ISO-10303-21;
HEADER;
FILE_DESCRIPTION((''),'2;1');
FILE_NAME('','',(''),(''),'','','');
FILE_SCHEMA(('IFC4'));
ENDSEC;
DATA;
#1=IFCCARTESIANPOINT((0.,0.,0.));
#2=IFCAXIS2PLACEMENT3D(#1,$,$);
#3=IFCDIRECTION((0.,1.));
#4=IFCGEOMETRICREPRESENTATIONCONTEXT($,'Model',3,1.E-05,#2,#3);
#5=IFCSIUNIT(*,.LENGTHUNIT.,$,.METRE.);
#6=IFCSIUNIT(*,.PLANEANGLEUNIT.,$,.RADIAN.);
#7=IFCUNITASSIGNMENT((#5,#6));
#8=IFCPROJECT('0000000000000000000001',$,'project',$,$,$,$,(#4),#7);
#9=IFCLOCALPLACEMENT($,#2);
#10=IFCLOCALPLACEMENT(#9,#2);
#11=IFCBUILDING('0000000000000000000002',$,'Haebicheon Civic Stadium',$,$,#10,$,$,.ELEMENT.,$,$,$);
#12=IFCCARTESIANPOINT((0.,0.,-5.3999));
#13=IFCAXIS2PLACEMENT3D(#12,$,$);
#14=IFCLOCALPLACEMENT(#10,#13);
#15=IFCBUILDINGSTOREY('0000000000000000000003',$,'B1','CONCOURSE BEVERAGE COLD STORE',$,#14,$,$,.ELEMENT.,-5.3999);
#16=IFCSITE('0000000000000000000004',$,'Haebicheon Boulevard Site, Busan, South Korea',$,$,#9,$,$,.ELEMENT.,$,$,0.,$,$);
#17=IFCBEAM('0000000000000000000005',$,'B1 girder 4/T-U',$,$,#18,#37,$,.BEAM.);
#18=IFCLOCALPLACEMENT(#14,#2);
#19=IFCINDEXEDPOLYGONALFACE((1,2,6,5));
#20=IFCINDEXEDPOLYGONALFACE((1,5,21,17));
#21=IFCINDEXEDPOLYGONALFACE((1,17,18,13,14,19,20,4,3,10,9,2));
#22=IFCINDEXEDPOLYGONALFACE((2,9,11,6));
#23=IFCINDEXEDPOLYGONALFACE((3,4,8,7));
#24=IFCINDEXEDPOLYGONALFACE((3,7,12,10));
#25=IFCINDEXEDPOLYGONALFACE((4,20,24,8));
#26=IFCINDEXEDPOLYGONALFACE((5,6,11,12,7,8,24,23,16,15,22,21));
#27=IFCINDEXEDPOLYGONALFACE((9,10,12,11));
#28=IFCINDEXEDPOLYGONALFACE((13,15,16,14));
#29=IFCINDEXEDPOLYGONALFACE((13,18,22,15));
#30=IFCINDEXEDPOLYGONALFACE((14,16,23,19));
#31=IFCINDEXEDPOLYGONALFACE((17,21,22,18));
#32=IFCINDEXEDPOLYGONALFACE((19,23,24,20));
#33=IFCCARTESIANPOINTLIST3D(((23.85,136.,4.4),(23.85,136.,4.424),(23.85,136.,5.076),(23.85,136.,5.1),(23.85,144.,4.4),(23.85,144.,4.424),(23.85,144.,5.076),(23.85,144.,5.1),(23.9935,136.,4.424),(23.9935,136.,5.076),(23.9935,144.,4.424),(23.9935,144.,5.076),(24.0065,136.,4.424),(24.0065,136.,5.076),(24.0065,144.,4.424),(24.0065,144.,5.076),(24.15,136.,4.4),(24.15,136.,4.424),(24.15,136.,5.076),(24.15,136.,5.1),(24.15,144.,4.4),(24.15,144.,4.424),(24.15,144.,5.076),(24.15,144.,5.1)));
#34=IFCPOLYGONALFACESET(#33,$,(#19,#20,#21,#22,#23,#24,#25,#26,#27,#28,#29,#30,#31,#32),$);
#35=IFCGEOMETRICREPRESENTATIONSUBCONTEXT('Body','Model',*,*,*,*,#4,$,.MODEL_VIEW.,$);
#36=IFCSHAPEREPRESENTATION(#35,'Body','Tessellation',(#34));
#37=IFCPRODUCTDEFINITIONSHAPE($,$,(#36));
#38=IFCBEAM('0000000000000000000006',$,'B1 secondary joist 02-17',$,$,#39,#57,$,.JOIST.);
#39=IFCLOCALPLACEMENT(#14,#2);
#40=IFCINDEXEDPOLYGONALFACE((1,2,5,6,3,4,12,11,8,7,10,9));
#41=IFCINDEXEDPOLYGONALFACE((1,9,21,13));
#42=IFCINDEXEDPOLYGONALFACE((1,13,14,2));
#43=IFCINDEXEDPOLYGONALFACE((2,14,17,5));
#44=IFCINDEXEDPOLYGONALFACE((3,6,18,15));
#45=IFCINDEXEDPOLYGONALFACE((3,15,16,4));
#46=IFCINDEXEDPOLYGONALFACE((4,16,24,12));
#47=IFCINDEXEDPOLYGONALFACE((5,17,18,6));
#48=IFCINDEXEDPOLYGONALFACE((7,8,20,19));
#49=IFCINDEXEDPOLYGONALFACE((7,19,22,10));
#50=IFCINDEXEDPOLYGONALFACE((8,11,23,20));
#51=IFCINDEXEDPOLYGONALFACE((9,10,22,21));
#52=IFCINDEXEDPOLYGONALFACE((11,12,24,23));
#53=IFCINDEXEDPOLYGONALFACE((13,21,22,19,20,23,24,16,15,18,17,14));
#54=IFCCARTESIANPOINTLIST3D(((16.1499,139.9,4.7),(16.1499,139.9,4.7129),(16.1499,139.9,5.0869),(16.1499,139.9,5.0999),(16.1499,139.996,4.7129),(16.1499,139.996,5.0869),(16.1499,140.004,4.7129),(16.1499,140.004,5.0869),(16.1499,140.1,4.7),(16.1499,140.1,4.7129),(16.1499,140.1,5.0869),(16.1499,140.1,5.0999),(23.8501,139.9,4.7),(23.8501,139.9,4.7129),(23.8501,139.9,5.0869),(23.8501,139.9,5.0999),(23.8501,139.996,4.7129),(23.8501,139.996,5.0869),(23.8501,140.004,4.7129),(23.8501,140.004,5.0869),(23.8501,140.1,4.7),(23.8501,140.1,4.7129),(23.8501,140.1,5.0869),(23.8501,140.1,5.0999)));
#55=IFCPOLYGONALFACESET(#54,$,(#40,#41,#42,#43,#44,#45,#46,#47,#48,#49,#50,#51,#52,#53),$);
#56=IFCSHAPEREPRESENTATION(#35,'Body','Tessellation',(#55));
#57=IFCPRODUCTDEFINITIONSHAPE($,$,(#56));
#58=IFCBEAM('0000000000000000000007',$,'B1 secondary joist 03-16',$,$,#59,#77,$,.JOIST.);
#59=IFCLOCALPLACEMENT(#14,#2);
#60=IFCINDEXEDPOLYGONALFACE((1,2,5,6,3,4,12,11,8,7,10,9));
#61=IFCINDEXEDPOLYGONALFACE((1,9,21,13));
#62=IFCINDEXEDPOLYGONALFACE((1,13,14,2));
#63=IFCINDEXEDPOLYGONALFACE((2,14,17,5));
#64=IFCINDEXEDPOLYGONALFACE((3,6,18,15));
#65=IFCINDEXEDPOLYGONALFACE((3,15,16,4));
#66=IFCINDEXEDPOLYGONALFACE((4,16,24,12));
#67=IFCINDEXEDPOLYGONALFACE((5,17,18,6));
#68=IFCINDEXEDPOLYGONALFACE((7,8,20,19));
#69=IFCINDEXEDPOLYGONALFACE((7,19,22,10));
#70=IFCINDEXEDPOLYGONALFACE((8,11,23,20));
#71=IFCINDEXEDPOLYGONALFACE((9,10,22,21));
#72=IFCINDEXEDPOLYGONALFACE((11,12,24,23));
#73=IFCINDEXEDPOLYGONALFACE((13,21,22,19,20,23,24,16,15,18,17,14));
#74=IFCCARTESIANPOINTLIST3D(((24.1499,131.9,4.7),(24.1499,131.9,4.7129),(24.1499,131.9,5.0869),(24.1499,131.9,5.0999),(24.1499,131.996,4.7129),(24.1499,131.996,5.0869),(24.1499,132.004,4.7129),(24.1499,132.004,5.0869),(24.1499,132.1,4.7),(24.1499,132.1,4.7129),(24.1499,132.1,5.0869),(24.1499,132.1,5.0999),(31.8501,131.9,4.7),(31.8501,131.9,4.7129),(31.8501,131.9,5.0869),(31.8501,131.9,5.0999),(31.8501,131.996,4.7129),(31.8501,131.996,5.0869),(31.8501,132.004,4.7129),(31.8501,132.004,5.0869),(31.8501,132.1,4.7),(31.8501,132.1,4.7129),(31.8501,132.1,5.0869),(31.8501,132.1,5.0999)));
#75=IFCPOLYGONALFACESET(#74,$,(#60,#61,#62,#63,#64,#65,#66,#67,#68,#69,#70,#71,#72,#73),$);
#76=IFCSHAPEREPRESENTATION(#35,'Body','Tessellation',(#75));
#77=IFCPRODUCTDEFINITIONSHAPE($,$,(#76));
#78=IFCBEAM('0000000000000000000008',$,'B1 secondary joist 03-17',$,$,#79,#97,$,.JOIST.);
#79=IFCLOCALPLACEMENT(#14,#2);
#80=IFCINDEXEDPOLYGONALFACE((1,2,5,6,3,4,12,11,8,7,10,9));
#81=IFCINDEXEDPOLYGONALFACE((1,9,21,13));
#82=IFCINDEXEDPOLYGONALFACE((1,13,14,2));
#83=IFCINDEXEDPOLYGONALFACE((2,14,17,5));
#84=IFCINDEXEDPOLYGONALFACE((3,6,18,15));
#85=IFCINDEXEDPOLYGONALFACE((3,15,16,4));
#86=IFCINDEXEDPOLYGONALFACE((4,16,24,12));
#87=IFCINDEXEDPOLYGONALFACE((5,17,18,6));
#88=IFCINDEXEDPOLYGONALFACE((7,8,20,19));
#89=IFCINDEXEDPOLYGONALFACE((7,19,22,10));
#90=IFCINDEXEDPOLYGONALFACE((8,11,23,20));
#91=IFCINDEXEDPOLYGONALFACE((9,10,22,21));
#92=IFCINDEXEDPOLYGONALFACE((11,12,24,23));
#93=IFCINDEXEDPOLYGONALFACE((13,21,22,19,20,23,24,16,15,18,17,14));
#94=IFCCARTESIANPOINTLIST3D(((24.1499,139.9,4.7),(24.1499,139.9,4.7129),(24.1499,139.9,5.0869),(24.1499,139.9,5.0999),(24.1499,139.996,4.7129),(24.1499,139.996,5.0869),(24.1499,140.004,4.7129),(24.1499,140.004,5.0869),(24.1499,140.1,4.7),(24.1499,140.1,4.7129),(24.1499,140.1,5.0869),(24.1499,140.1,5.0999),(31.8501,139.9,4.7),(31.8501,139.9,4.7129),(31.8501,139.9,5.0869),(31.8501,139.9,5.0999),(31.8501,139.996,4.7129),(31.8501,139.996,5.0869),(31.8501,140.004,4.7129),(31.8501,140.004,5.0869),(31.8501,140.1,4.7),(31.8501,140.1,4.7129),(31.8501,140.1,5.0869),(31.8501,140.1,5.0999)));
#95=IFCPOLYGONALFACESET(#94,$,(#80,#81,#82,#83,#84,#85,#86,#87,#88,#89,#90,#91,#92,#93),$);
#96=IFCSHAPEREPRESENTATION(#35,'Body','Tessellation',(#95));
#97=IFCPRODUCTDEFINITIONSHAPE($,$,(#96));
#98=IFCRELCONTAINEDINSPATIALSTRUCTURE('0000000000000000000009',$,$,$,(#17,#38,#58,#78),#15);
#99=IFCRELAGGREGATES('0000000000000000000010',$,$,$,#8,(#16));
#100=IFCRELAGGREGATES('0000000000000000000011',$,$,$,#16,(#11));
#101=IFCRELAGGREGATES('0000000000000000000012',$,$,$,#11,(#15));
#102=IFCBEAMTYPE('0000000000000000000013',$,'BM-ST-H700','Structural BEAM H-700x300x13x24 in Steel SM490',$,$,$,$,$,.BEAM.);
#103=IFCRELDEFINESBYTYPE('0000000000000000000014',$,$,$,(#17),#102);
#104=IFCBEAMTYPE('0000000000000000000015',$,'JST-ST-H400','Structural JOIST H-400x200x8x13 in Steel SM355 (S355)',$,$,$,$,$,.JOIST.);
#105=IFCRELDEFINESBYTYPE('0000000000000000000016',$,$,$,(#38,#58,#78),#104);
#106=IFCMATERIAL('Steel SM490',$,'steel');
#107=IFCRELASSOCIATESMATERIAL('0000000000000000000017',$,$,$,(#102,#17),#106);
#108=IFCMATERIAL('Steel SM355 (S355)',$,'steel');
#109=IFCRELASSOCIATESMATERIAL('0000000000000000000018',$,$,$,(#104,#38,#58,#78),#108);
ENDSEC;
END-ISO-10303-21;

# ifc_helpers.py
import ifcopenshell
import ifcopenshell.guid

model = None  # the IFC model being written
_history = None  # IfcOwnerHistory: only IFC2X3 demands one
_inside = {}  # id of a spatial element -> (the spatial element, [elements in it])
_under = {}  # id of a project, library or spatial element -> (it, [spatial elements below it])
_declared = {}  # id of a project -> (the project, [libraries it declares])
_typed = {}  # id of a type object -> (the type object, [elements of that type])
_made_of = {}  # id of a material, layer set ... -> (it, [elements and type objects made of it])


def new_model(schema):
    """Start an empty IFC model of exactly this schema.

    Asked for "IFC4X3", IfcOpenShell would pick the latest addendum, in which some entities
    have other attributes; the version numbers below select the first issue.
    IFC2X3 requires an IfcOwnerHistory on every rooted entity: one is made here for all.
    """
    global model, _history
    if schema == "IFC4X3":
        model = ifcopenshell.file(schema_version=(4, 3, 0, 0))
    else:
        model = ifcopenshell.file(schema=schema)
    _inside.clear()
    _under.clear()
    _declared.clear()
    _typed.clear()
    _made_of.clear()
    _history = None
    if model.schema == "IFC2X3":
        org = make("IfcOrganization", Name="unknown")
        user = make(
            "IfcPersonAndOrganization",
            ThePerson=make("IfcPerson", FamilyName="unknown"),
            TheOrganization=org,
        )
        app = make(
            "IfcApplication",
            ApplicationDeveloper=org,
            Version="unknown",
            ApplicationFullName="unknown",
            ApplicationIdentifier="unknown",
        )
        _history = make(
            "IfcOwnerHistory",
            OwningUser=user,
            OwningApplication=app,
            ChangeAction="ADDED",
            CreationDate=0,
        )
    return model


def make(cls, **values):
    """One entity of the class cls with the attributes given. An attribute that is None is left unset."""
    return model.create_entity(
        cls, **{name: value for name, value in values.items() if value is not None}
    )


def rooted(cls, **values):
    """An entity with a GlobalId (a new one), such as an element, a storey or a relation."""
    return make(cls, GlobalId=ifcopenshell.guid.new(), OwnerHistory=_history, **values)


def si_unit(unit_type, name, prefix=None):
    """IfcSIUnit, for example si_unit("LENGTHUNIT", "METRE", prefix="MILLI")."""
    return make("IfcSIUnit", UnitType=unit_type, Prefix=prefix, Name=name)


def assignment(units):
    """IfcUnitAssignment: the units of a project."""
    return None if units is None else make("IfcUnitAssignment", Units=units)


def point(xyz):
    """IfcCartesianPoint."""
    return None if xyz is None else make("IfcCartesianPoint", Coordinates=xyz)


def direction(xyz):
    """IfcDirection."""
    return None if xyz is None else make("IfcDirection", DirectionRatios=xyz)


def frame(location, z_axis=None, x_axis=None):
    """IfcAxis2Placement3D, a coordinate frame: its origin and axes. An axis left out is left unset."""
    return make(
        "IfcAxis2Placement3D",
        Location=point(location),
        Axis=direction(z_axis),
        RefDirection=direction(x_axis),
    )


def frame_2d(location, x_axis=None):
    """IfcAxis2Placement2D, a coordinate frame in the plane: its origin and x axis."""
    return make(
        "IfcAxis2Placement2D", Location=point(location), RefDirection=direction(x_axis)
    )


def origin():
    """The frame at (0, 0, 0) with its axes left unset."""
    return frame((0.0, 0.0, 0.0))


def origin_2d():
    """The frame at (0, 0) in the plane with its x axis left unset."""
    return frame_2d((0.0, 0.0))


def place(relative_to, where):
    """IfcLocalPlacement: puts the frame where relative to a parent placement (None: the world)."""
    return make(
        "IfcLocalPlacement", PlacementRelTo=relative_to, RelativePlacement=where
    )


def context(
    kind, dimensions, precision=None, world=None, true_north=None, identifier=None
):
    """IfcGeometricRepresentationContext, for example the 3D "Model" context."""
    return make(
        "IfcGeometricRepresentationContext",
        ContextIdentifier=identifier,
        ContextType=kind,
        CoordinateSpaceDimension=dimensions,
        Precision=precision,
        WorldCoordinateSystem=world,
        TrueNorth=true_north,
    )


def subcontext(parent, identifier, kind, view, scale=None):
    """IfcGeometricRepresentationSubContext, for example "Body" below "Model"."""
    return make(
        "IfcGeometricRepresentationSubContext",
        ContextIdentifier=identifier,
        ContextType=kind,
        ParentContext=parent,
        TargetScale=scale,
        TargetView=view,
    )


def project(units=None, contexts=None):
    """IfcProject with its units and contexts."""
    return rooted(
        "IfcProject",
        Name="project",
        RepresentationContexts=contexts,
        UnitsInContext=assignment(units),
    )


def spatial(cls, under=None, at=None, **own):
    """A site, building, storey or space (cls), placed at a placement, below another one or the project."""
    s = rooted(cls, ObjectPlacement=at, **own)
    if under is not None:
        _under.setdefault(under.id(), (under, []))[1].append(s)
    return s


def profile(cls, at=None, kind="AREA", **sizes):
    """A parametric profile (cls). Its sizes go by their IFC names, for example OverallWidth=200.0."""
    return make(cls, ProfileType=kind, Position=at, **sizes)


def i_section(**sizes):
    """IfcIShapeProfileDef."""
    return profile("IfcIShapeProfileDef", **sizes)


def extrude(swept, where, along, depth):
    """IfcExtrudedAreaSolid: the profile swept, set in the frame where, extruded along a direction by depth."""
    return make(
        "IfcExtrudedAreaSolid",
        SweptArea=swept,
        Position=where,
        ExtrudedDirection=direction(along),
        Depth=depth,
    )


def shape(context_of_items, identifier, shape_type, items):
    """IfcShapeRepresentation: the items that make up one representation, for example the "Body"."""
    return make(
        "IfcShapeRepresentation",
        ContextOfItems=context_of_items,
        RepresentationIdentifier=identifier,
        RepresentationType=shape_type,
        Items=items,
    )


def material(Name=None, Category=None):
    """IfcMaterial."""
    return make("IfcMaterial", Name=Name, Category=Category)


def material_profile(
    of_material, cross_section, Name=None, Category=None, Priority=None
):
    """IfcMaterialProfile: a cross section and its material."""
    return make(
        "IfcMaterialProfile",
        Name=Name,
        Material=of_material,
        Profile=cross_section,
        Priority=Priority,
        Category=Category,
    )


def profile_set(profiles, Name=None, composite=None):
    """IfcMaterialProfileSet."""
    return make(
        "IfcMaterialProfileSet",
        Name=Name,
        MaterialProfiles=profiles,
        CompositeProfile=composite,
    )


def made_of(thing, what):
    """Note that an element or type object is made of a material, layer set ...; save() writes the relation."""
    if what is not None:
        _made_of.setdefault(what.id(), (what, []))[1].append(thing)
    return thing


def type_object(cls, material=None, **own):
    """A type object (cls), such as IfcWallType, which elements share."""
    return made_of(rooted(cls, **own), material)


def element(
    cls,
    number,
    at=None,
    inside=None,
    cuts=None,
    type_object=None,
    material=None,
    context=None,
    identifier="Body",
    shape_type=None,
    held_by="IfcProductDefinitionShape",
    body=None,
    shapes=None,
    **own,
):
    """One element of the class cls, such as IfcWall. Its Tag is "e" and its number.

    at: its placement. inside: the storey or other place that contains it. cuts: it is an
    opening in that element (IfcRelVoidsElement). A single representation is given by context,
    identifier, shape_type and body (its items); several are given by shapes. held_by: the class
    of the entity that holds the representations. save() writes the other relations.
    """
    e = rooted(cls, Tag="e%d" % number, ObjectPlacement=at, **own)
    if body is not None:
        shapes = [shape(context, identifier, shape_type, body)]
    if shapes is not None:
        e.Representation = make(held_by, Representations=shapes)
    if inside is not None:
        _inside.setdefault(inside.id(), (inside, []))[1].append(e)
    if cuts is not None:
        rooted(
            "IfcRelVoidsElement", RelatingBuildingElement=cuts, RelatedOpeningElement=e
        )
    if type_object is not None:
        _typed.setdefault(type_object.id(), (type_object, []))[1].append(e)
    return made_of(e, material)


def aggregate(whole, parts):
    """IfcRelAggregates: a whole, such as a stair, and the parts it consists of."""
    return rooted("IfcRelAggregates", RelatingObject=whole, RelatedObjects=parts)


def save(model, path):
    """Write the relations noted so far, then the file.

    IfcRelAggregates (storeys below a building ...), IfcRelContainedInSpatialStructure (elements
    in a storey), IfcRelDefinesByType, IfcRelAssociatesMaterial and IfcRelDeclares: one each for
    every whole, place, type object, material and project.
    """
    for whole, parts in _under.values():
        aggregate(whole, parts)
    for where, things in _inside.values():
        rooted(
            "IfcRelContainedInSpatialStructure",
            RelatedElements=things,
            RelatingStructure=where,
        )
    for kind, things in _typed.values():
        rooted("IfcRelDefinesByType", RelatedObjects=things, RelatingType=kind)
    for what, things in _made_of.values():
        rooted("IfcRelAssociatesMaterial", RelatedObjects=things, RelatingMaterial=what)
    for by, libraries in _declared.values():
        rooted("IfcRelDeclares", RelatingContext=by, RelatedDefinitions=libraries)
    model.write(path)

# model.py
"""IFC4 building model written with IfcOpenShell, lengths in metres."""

from ifc_helpers import new_model, si_unit, direction, frame, origin, origin_2d, place, context, subcontext, project, spatial, i_section, extrude, material, material_profile, profile_set, type_object, element, save


model = new_model("IFC4")

# Units and contexts
model_context = context("Model", 3, precision=1e-05, world=origin(), true_north=direction((0.0, 1.0)))
body_context = subcontext(model_context, "Body", "Model", "MODEL_VIEW")
ifc_project = project(units=[si_unit("LENGTHUNIT", "METRE"), si_unit("PLANEANGLEUNIT", "RADIAN")], contexts=[model_context])

# Site, building, storey
site_placement = place(None, origin())
site = spatial("IfcSite", under=ifc_project, at=site_placement, Name="Haebicheon Boulevard Site, Busan, South Korea", CompositionType="ELEMENT", RefElevation=0.0)
building_placement = place(site_placement, origin())
building = spatial("IfcBuilding", under=site, at=building_placement, Name="Haebicheon Civic Stadium", CompositionType="ELEMENT")
storey_placement = place(building_placement, frame((0.0, 0.0, -5.3999)))
storey = spatial("IfcBuildingStorey", under=building, at=storey_placement, Name="B1", Description="CONCOURSE BEVERAGE COLD STORE", CompositionType="ELEMENT", Elevation=-5.3999)

# Beams
ifc_material_1 = material(Name="Steel SM490", Category="steel")
ifc_material_profile_1 = material_profile(ifc_material_1, i_section(OverallWidth=0.3, OverallDepth=0.7, WebThickness=0.0129, FlangeThickness=0.0239, at=origin_2d()), Name="H-700x300x13x24")
ifc_profile_set_1 = profile_set([ifc_material_profile_1], Name="Steel SM490")
beam_type_1 = type_object("IfcBeamType", Name="BM-ST-H700", Description="Structural BEAM H-700x300x13x24 in Steel SM490", PredefinedType="BEAM", material=ifc_profile_set_1)
for number, where, z_axis, x_axis, name in (
    (1, (24.0, 136.0, 4.75), (0.0, 1.0, 0.0), (-1.0, 0.0, 0.0), "B1 girder 4/T-U"),
):
    element("IfcBeam", number, at=place(storey_placement, frame(where, z_axis=z_axis, x_axis=x_axis)), inside=storey, type_object=beam_type_1, material=ifc_profile_set_1, Name=name, PredefinedType="BEAM", context=body_context, shape_type="SweptSolid", body=[
        extrude(i_section(OverallWidth=0.3, OverallDepth=0.7, WebThickness=0.0129, FlangeThickness=0.0239, at=origin_2d()), origin(), (0.0, 0.0, 1.0), 8.0),
    ])
ifc_material_2 = material(Name="Steel SM355 (S355)", Category="steel")
ifc_material_profile_2 = material_profile(ifc_material_2, i_section(OverallWidth=0.2, OverallDepth=0.3999, WebThickness=0.0081, FlangeThickness=0.0129, at=origin_2d()), Name="H-400x200x8x13")
ifc_profile_set_2 = profile_set([ifc_material_profile_2], Name="Steel SM355 (S355)")
beam_type_2 = type_object("IfcBeamType", Name="JST-ST-H400", Description="Structural JOIST H-400x200x8x13 in Steel SM355 (S355)", PredefinedType="JOIST", material=ifc_profile_set_2)
for number, where, z_axis, x_axis, name in (
    (2, (16.1499, 140.0, 4.8999), (1.0, 0.0, 0.0), (0.0, 1.0, 0.0), "B1 secondary joist 02-17"),
    (3, (24.1499, 132.0, 4.8999), (1.0, 0.0, 0.0), (0.0, 1.0, 0.0), "B1 secondary joist 03-16"),
    (4, (24.1499, 140.0, 4.8999), (1.0, 0.0, 0.0), (0.0, 1.0, 0.0), "B1 secondary joist 03-17"),
):
    element("IfcBeam", number, at=place(storey_placement, frame(where, z_axis=z_axis, x_axis=x_axis)), inside=storey, type_object=beam_type_2, material=ifc_profile_set_2, Name=name, PredefinedType="JOIST", context=body_context, shape_type="SweptSolid", body=[
        extrude(i_section(OverallWidth=0.2, OverallDepth=0.3999, WebThickness=0.0081, FlangeThickness=0.0129, at=origin_2d()), origin(), (0.0, 0.0, 1.0), 7.7002),
    ])

save(model, "model.ifc")
